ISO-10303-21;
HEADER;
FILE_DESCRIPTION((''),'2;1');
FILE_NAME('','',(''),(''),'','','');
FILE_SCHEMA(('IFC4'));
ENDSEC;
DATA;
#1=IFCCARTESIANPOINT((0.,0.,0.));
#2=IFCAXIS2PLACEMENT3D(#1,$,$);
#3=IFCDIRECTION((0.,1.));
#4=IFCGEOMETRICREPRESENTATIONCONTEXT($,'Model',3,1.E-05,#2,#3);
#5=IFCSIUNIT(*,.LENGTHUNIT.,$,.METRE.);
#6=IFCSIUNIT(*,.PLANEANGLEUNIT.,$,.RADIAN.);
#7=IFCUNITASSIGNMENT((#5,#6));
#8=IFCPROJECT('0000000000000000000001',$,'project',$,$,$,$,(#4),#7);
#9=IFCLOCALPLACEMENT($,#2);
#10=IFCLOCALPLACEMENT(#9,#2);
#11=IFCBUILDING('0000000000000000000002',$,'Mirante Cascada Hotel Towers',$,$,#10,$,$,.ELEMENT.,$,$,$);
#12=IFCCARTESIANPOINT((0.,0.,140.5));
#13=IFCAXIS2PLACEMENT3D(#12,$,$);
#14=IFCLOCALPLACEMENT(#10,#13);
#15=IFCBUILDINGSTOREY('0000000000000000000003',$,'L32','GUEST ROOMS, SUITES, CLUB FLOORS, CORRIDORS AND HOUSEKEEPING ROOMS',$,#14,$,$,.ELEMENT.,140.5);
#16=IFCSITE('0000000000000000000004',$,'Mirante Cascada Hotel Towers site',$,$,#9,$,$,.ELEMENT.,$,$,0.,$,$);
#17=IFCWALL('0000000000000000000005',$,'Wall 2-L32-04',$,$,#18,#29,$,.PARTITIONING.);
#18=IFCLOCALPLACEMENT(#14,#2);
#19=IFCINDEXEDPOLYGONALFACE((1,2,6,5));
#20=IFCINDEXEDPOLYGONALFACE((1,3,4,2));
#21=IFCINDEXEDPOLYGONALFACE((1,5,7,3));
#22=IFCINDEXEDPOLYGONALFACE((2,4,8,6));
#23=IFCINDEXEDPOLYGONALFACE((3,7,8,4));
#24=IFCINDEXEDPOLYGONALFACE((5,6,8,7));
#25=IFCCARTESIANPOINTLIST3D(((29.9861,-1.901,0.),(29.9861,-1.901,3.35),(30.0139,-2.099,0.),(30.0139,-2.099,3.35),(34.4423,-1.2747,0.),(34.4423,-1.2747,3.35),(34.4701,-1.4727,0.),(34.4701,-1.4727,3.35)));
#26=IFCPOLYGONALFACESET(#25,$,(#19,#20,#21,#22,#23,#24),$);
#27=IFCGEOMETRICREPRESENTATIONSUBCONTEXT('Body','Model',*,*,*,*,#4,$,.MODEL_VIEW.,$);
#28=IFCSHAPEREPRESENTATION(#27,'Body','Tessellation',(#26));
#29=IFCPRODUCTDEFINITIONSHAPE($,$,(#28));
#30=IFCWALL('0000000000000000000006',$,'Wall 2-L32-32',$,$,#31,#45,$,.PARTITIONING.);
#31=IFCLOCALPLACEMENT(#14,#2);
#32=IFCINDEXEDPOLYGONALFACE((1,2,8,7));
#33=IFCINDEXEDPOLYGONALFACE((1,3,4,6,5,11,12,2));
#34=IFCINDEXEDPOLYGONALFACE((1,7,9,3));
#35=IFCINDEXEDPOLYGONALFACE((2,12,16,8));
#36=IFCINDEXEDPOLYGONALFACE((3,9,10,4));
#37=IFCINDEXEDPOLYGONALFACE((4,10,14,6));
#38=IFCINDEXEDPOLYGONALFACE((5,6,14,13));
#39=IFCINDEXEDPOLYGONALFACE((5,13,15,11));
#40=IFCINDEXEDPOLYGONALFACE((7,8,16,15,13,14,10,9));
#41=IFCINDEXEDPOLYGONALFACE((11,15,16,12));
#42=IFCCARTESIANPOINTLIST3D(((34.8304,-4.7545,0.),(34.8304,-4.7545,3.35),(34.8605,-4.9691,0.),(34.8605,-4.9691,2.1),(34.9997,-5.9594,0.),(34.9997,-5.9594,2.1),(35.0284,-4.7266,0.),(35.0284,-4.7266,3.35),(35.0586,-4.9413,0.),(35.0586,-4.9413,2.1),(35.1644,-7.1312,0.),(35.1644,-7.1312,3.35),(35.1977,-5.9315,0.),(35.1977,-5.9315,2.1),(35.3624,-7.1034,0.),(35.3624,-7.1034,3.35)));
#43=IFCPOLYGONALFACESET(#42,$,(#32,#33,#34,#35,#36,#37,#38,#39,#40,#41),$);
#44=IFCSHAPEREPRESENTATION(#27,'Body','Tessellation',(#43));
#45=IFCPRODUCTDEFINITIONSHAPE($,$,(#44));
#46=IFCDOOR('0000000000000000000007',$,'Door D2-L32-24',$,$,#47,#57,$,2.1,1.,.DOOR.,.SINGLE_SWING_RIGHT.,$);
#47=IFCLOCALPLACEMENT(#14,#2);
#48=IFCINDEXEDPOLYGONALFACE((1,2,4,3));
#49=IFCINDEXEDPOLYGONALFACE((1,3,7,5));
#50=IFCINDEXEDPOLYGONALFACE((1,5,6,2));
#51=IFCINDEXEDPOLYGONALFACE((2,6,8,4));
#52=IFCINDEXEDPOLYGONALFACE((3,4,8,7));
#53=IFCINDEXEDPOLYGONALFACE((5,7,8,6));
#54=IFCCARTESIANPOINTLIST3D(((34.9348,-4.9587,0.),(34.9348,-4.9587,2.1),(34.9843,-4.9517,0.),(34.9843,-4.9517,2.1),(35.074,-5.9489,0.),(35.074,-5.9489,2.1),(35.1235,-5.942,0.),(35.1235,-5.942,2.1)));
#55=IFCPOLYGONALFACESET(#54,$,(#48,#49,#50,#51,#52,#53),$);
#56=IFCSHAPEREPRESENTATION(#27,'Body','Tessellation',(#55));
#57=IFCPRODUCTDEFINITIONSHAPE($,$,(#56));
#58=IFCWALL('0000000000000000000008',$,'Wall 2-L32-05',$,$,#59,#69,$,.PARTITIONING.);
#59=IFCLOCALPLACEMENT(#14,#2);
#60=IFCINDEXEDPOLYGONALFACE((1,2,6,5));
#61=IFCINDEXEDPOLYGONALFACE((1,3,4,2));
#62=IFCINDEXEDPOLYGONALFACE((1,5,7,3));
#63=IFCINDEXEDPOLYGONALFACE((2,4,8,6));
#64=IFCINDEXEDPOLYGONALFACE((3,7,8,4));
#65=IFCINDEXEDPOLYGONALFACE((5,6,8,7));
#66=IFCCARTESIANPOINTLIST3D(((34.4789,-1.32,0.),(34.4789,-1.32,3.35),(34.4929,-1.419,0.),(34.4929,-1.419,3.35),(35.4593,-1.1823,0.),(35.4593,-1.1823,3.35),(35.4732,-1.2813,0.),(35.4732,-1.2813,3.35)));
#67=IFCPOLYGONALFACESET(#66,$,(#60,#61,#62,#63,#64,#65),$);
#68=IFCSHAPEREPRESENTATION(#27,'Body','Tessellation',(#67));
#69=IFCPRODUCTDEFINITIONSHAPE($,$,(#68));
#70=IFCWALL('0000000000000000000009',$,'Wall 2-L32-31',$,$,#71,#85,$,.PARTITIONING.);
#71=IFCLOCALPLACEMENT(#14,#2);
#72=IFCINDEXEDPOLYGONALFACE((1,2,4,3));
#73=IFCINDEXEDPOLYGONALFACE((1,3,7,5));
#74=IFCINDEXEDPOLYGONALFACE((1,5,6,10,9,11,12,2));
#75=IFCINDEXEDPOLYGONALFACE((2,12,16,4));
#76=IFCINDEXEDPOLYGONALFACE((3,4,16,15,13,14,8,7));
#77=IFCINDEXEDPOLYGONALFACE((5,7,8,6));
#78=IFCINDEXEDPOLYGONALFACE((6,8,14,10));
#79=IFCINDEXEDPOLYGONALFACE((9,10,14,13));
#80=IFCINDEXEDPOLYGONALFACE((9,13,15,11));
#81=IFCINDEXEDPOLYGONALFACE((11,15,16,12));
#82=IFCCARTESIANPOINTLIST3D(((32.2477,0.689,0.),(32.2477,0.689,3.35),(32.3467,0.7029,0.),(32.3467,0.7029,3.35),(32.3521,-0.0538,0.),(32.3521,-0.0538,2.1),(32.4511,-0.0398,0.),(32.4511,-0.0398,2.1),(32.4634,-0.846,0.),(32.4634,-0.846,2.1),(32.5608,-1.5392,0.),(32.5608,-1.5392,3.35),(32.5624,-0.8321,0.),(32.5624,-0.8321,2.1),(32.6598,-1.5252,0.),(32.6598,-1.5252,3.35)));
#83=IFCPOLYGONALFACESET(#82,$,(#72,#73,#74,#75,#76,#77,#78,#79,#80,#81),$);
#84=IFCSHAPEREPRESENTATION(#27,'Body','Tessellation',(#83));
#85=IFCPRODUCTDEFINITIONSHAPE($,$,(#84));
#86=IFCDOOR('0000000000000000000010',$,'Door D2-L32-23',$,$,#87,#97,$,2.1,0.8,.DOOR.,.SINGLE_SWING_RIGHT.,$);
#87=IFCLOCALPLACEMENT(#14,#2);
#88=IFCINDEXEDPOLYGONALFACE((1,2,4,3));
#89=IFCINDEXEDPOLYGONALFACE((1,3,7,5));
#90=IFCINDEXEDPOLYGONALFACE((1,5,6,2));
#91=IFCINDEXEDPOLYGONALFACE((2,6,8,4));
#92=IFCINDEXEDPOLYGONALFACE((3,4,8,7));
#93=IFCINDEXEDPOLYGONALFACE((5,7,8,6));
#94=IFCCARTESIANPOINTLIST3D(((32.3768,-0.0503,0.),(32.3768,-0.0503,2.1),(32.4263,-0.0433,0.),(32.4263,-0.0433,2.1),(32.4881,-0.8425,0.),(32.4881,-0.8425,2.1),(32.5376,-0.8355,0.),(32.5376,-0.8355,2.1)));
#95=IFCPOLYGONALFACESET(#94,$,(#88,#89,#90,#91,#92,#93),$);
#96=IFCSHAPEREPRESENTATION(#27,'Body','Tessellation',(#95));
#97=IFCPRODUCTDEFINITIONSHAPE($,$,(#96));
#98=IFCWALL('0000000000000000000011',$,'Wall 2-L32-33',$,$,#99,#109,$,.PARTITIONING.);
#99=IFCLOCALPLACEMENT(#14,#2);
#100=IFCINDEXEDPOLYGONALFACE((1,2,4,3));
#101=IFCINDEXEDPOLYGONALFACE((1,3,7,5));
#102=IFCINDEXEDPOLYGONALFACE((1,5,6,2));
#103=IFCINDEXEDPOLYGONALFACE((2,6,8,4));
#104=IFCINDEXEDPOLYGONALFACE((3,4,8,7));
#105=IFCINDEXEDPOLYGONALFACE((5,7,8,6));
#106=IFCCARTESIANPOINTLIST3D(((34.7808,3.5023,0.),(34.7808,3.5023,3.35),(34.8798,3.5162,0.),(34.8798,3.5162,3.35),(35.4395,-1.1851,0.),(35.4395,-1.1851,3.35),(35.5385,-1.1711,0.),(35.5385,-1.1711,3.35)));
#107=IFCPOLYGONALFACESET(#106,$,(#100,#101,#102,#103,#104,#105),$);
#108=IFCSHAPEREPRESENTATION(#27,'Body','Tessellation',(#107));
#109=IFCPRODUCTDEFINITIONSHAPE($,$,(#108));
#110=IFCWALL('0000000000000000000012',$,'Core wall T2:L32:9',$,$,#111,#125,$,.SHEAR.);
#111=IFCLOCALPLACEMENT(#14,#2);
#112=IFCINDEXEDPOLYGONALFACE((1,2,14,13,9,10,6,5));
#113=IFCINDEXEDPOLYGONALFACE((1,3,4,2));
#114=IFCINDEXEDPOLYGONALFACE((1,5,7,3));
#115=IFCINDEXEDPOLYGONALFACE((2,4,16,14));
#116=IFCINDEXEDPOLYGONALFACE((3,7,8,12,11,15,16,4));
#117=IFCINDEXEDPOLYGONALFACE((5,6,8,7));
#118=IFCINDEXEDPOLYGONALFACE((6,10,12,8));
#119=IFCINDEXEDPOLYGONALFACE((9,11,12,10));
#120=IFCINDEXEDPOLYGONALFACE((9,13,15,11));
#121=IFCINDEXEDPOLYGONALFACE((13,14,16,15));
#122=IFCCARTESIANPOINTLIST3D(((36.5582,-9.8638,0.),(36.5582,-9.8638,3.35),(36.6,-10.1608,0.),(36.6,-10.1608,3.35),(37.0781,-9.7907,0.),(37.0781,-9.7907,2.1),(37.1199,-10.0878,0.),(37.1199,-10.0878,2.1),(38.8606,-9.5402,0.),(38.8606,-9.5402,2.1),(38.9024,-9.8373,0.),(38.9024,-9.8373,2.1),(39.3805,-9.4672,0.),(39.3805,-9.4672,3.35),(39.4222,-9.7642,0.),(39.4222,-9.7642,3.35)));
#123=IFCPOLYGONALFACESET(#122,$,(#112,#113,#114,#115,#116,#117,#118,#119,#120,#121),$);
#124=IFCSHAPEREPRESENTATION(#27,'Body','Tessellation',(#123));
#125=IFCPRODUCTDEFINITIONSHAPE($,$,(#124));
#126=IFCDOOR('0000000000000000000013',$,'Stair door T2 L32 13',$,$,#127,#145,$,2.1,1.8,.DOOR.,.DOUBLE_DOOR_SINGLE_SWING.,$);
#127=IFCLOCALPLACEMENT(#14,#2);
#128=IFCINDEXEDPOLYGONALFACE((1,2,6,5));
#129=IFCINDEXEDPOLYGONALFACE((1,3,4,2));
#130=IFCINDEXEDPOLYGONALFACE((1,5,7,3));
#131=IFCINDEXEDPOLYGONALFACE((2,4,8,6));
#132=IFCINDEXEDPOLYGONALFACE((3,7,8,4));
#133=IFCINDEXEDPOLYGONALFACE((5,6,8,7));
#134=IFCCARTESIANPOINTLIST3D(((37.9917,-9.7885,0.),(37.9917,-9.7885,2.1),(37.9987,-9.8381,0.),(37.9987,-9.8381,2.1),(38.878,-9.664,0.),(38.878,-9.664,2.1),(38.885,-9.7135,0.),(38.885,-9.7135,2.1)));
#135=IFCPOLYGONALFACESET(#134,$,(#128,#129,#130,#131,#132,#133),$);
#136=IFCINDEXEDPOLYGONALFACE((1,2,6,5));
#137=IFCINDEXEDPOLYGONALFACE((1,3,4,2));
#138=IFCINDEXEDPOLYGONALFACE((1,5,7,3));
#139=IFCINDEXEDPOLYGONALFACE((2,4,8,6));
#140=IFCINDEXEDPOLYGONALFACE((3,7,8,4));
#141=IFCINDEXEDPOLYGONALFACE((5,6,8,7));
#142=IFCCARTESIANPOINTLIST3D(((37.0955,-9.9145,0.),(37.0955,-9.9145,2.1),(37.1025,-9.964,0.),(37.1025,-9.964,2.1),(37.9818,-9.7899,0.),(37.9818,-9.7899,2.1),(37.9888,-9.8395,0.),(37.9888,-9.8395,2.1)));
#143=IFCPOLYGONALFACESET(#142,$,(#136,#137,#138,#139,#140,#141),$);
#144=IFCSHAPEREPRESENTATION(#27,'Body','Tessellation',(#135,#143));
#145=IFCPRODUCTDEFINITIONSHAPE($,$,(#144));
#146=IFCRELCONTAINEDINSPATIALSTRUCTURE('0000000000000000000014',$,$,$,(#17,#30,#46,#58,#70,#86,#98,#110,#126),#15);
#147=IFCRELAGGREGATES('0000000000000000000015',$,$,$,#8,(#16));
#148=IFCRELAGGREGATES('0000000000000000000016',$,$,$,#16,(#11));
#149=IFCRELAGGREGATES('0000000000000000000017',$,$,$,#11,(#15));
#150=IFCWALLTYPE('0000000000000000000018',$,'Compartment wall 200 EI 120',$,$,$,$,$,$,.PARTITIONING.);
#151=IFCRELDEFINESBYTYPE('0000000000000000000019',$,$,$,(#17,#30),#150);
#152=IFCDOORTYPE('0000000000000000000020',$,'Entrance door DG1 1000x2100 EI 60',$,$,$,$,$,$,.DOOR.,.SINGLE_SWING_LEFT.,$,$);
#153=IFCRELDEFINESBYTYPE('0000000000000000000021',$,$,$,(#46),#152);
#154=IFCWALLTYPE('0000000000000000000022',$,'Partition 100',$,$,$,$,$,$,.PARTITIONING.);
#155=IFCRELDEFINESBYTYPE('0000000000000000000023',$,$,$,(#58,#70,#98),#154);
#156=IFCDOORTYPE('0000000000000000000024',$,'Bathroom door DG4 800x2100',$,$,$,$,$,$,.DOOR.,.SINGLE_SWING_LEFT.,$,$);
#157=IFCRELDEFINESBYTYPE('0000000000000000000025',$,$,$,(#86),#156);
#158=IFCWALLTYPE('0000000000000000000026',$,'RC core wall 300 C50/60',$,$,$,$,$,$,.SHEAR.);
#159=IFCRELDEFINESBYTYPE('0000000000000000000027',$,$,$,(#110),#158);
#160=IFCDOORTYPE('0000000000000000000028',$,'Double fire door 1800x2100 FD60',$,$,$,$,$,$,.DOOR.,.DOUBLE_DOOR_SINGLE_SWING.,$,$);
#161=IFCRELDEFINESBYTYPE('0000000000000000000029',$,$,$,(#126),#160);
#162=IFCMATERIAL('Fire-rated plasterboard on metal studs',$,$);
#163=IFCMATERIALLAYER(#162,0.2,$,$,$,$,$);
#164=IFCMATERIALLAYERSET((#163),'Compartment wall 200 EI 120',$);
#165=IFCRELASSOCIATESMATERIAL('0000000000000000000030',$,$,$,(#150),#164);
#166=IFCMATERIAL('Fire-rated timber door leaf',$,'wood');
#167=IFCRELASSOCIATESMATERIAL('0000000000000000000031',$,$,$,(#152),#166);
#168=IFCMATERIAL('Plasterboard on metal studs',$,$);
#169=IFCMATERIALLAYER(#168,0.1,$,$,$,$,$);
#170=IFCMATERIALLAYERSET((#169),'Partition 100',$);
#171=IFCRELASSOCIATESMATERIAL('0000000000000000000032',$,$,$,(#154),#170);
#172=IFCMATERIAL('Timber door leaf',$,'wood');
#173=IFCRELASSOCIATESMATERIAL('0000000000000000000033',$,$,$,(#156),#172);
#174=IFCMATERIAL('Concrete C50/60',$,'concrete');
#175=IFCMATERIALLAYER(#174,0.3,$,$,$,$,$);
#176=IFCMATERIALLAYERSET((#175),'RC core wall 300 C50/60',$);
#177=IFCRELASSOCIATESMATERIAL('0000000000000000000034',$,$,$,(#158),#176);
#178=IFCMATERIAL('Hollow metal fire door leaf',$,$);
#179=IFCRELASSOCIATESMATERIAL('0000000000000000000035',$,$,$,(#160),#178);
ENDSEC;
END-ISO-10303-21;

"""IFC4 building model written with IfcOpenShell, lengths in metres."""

from ifc_helpers import new_model, si_unit, direction, frame, frame_2d, origin, place, context, subcontext, project, spatial, rectangle, extrude, material, layer, layer_set, type_object, element, fill, save


model = new_model("IFC4")

# Units and contexts
model_context = context("Model", 3, precision=1e-05, world=origin(), true_north=direction((0.0, 1.0)))
body_context = subcontext(model_context, "Body", "Model", "MODEL_VIEW")
ifc_project = project(units=[si_unit("LENGTHUNIT", "METRE"), si_unit("PLANEANGLEUNIT", "RADIAN")], contexts=[model_context])

# Site, building, storey
site_placement = place(None, origin())
site = spatial("IfcSite", under=ifc_project, at=site_placement, Name="Mirante Cascada Hotel Towers site", CompositionType="ELEMENT", RefElevation=0.0)
building_placement = place(site_placement, origin())
building = spatial("IfcBuilding", under=site, at=building_placement, Name="Mirante Cascada Hotel Towers", CompositionType="ELEMENT")
storey_placement = place(building_placement, frame((0.0, 0.0, 140.5)))
storey = spatial("IfcBuildingStorey", under=building, at=storey_placement, Name="L32", Description="GUEST ROOMS, SUITES, CLUB FLOORS, CORRIDORS AND HOUSEKEEPING ROOMS", CompositionType="ELEMENT", Elevation=140.5)

# Wall
ifc_material_1 = material(Name="Fire-rated plasterboard on metal studs")
ifc_layer_1 = layer(ifc_material_1, 0.2)
ifc_layer_set_1 = layer_set([ifc_layer_1], Name="Compartment wall 200 EI 120")
wall_type_1 = type_object("IfcWallType", Name="Compartment wall 200 EI 120", PredefinedType="PARTITIONING", material=ifc_layer_set_1)
wall_1_placement = place(storey_placement, frame((34.4562, -1.3737, 0.0), z_axis=(0.0, 0.0, 1.0), x_axis=(-0.990267, -0.139178, 0.0)))
element("IfcWall", 1, at=wall_1_placement, inside=storey, type_object=wall_type_1, Name="Wall 2-L32-04", PredefinedType="PARTITIONING", context=body_context, shape_type="SweptSolid", body=[
    extrude(rectangle(XDim=4.5, YDim=0.2, at=frame_2d((2.25, 0.0))), origin(), (0.0, 0.0, 1.0), 3.35),
])

# Wall, opening, door
wall_2_placement = place(storey_placement, frame((34.9294, -4.7406, 0.0), z_axis=(0.0, 0.0, 1.0), x_axis=(0.139163, -0.990269, 0.0)))
wall_2 = element("IfcWall", 2, at=wall_2_placement, inside=storey, type_object=wall_type_1, Name="Wall 2-L32-32", PredefinedType="PARTITIONING", context=body_context, shape_type="SweptSolid", body=[
    extrude(rectangle(XDim=2.4001, YDim=0.2, at=frame_2d((1.2, 0.0))), origin(), (0.0, 0.0, 1.0), 3.35),
])
opening_1_placement = place(wall_2_placement, frame((0.2167, 0.0, 0.0)))
opening_1 = element("IfcOpeningElement", 3, at=opening_1_placement, cuts=wall_2, PredefinedType="OPENING", context=body_context, shape_type="SweptSolid", body=[
    extrude(rectangle(XDim=1.0, YDim=2.1, at=frame_2d((0.5, 1.05))), frame((0.0, 0.1, 0.0), z_axis=(0.0, -1.0, 0.0), x_axis=(1.0, 0.0, 0.0)), (0.0, 0.0, 1.0), 0.2),
])
ifc_material_2 = material(Name="Fire-rated timber door leaf", Category="wood")
door_type_1 = type_object("IfcDoorType", Name="Entrance door DG1 1000x2100 EI 60", OperationType="SINGLE_SWING_LEFT", PredefinedType="DOOR", material=ifc_material_2)
door_1_placement = place(opening_1_placement, frame((1.0, 0.0, 0.0), z_axis=(0.0, 0.0, 1.0), x_axis=(-1.0, 0.0, 0.0)))
door_1 = element("IfcDoor", 4, at=door_1_placement, inside=storey, type_object=door_type_1, Name="Door D2-L32-24", OperationType="SINGLE_SWING_RIGHT", OverallHeight=2.1, OverallWidth=1.0, PredefinedType="DOOR", context=body_context, shape_type="SweptSolid", body=[
    extrude(rectangle(XDim=1.0, YDim=2.1, at=frame_2d((0.5, 1.05))), frame((0.0, 0.025, 0.0), z_axis=(0.0, -1.0, 0.0), x_axis=(1.0, 0.0, 0.0)), (0.0, 0.0, 1.0), 0.05),
])
fill(opening_1, door_1)

# Wall
ifc_material_3 = material(Name="Plasterboard on metal studs")
ifc_layer_2 = layer(ifc_material_3, 0.1)
ifc_layer_set_2 = layer_set([ifc_layer_2], Name="Partition 100")
wall_type_2 = type_object("IfcWallType", Name="Partition 100", PredefinedType="PARTITIONING", material=ifc_layer_set_2)
wall_3_placement = place(storey_placement, frame((34.4859, -1.3695, 0.0), z_axis=(0.0, 0.0, 1.0), x_axis=(0.99028, 0.139088, 0.0)))
element("IfcWall", 5, at=wall_3_placement, inside=storey, type_object=wall_type_2, Name="Wall 2-L32-05", PredefinedType="PARTITIONING", context=body_context, shape_type="SweptSolid", body=[
    extrude(rectangle(XDim=0.99, YDim=0.1, at=frame_2d((0.495, 0.0))), origin(), (0.0, 0.0, 1.0), 3.35),
])

# Wall, opening, door
wall_4_placement = place(storey_placement, frame((32.6103, -1.5322, 0.0), z_axis=(0.0, 0.0, 1.0), x_axis=(-0.139156, 0.990271, 0.0)))
wall_4 = element("IfcWall", 6, at=wall_4_placement, inside=storey, type_object=wall_type_2, Name="Wall 2-L32-31", PredefinedType="PARTITIONING", context=body_context, shape_type="SweptSolid", body=[
    extrude(rectangle(XDim=2.25, YDim=0.1, at=frame_2d((1.125, 0.0))), origin(), (0.0, 0.0, 1.0), 3.35),
])
opening_2_placement = place(wall_4_placement, frame((0.7, 0.0, 0.0)))
opening_2 = element("IfcOpeningElement", 7, at=opening_2_placement, cuts=wall_4, PredefinedType="OPENING", context=body_context, shape_type="SweptSolid", body=[
    extrude(rectangle(XDim=0.8, YDim=2.1, at=frame_2d((0.4, 1.05))), frame((0.0, 0.05, 0.0), z_axis=(0.0, -1.0, 0.0), x_axis=(1.0, 0.0, 0.0)), (0.0, 0.0, 1.0), 0.1),
])
ifc_material_4 = material(Name="Timber door leaf", Category="wood")
door_type_2 = type_object("IfcDoorType", Name="Bathroom door DG4 800x2100", OperationType="SINGLE_SWING_LEFT", PredefinedType="DOOR", material=ifc_material_4)
door_2_placement = place(opening_2_placement, frame((0.8, 0.0, 0.0), z_axis=(0.0, 0.0, 1.0), x_axis=(-1.0, 0.0, 0.0)))
door_2 = element("IfcDoor", 8, at=door_2_placement, inside=storey, type_object=door_type_2, Name="Door D2-L32-23", OperationType="SINGLE_SWING_RIGHT", OverallHeight=2.1, OverallWidth=0.8, PredefinedType="DOOR", context=body_context, shape_type="SweptSolid", body=[
    extrude(rectangle(XDim=0.8, YDim=2.1, at=frame_2d((0.4, 1.05))), frame((0.0, 0.025, 0.0), z_axis=(0.0, -1.0, 0.0), x_axis=(1.0, 0.0, 0.0)), (0.0, 0.0, 1.0), 0.05),
])
fill(opening_2, door_2)

# Wall
wall_5_placement = place(storey_placement, frame((35.489, -1.1781, 0.0), z_axis=(0.0, 0.0, 1.0), x_axis=(-0.139161, 0.99027, 0.0)))
element("IfcWall", 9, at=wall_5_placement, inside=storey, type_object=wall_type_2, Name="Wall 2-L32-33", PredefinedType="PARTITIONING", context=body_context, shape_type="SweptSolid", body=[
    extrude(rectangle(XDim=4.7334, YDim=0.1, at=frame_2d((2.3667, 0.0))), origin(), (0.0, 0.0, 1.0), 3.35),
])

# Wall, opening, door
ifc_material_5 = material(Name="Concrete C50/60", Category="concrete")
ifc_layer_3 = layer(ifc_material_5, 0.3)
ifc_layer_set_3 = layer_set([ifc_layer_3], Name="RC core wall 300 C50/60")
wall_type_3 = type_object("IfcWallType", Name="RC core wall 300 C50/60", PredefinedType="SHEAR", material=ifc_layer_set_3)
wall_6_placement = place(storey_placement, frame((36.5791, -10.0123, 0.0), z_axis=(0.0, 0.0, 1.0), x_axis=(0.99027, 0.139156, 0.0)))
wall_6 = element("IfcWall", 10, at=wall_6_placement, inside=storey, type_object=wall_type_3, Name="Core wall T2:L32:9", PredefinedType="SHEAR", context=body_context, shape_type="SweptSolid", body=[
    extrude(rectangle(XDim=2.85, YDim=0.3, at=frame_2d((1.425, 0.0))), origin(), (0.0, 0.0, 1.0), 3.35),
])
opening_3_placement = place(wall_6_placement, frame((0.525, 0.0, 0.0)))
opening_3 = element("IfcOpeningElement", 11, at=opening_3_placement, cuts=wall_6, PredefinedType="OPENING", context=body_context, shape_type="SweptSolid", body=[
    extrude(rectangle(XDim=1.8, YDim=2.1, at=frame_2d((0.9, 1.05))), frame((0.0, 0.15, 0.0), z_axis=(0.0, -1.0, 0.0), x_axis=(1.0, 0.0, 0.0)), (0.0, 0.0, 1.0), 0.3),
])
ifc_material_6 = material(Name="Hollow metal fire door leaf")
door_type_3 = type_object("IfcDoorType", Name="Double fire door 1800x2100 FD60", OperationType="DOUBLE_DOOR_SINGLE_SWING", PredefinedType="DOOR", material=ifc_material_6)
door_3_placement = place(opening_3_placement, frame((1.8, 0.0, 0.0), z_axis=(0.0, 0.0, 1.0), x_axis=(-1.0, 0.0, 0.0)))
door_3 = element("IfcDoor", 12, at=door_3_placement, inside=storey, type_object=door_type_3, Name="Stair door T2 L32 13", OperationType="DOUBLE_DOOR_SINGLE_SWING", OverallHeight=2.1, OverallWidth=1.8, PredefinedType="DOOR", context=body_context, shape_type="SweptSolid", body=[
    extrude(rectangle(XDim=0.895, YDim=2.1, at=frame_2d((0.4475, 1.05))), frame((0.0, 0.025, 0.0), z_axis=(0.0, -1.0, 0.0), x_axis=(1.0, 0.0, 0.0)), (0.0, 0.0, 1.0), 0.05),
    extrude(rectangle(XDim=0.895, YDim=2.1, at=frame_2d((1.3525, 1.05))), frame((0.0, 0.025, 0.0), z_axis=(0.0, -1.0, 0.0), x_axis=(1.0, 0.0, 0.0)), (0.0, 0.0, 1.0), 0.05),
])
fill(opening_3, door_3)

save(model, "model.ifc")
